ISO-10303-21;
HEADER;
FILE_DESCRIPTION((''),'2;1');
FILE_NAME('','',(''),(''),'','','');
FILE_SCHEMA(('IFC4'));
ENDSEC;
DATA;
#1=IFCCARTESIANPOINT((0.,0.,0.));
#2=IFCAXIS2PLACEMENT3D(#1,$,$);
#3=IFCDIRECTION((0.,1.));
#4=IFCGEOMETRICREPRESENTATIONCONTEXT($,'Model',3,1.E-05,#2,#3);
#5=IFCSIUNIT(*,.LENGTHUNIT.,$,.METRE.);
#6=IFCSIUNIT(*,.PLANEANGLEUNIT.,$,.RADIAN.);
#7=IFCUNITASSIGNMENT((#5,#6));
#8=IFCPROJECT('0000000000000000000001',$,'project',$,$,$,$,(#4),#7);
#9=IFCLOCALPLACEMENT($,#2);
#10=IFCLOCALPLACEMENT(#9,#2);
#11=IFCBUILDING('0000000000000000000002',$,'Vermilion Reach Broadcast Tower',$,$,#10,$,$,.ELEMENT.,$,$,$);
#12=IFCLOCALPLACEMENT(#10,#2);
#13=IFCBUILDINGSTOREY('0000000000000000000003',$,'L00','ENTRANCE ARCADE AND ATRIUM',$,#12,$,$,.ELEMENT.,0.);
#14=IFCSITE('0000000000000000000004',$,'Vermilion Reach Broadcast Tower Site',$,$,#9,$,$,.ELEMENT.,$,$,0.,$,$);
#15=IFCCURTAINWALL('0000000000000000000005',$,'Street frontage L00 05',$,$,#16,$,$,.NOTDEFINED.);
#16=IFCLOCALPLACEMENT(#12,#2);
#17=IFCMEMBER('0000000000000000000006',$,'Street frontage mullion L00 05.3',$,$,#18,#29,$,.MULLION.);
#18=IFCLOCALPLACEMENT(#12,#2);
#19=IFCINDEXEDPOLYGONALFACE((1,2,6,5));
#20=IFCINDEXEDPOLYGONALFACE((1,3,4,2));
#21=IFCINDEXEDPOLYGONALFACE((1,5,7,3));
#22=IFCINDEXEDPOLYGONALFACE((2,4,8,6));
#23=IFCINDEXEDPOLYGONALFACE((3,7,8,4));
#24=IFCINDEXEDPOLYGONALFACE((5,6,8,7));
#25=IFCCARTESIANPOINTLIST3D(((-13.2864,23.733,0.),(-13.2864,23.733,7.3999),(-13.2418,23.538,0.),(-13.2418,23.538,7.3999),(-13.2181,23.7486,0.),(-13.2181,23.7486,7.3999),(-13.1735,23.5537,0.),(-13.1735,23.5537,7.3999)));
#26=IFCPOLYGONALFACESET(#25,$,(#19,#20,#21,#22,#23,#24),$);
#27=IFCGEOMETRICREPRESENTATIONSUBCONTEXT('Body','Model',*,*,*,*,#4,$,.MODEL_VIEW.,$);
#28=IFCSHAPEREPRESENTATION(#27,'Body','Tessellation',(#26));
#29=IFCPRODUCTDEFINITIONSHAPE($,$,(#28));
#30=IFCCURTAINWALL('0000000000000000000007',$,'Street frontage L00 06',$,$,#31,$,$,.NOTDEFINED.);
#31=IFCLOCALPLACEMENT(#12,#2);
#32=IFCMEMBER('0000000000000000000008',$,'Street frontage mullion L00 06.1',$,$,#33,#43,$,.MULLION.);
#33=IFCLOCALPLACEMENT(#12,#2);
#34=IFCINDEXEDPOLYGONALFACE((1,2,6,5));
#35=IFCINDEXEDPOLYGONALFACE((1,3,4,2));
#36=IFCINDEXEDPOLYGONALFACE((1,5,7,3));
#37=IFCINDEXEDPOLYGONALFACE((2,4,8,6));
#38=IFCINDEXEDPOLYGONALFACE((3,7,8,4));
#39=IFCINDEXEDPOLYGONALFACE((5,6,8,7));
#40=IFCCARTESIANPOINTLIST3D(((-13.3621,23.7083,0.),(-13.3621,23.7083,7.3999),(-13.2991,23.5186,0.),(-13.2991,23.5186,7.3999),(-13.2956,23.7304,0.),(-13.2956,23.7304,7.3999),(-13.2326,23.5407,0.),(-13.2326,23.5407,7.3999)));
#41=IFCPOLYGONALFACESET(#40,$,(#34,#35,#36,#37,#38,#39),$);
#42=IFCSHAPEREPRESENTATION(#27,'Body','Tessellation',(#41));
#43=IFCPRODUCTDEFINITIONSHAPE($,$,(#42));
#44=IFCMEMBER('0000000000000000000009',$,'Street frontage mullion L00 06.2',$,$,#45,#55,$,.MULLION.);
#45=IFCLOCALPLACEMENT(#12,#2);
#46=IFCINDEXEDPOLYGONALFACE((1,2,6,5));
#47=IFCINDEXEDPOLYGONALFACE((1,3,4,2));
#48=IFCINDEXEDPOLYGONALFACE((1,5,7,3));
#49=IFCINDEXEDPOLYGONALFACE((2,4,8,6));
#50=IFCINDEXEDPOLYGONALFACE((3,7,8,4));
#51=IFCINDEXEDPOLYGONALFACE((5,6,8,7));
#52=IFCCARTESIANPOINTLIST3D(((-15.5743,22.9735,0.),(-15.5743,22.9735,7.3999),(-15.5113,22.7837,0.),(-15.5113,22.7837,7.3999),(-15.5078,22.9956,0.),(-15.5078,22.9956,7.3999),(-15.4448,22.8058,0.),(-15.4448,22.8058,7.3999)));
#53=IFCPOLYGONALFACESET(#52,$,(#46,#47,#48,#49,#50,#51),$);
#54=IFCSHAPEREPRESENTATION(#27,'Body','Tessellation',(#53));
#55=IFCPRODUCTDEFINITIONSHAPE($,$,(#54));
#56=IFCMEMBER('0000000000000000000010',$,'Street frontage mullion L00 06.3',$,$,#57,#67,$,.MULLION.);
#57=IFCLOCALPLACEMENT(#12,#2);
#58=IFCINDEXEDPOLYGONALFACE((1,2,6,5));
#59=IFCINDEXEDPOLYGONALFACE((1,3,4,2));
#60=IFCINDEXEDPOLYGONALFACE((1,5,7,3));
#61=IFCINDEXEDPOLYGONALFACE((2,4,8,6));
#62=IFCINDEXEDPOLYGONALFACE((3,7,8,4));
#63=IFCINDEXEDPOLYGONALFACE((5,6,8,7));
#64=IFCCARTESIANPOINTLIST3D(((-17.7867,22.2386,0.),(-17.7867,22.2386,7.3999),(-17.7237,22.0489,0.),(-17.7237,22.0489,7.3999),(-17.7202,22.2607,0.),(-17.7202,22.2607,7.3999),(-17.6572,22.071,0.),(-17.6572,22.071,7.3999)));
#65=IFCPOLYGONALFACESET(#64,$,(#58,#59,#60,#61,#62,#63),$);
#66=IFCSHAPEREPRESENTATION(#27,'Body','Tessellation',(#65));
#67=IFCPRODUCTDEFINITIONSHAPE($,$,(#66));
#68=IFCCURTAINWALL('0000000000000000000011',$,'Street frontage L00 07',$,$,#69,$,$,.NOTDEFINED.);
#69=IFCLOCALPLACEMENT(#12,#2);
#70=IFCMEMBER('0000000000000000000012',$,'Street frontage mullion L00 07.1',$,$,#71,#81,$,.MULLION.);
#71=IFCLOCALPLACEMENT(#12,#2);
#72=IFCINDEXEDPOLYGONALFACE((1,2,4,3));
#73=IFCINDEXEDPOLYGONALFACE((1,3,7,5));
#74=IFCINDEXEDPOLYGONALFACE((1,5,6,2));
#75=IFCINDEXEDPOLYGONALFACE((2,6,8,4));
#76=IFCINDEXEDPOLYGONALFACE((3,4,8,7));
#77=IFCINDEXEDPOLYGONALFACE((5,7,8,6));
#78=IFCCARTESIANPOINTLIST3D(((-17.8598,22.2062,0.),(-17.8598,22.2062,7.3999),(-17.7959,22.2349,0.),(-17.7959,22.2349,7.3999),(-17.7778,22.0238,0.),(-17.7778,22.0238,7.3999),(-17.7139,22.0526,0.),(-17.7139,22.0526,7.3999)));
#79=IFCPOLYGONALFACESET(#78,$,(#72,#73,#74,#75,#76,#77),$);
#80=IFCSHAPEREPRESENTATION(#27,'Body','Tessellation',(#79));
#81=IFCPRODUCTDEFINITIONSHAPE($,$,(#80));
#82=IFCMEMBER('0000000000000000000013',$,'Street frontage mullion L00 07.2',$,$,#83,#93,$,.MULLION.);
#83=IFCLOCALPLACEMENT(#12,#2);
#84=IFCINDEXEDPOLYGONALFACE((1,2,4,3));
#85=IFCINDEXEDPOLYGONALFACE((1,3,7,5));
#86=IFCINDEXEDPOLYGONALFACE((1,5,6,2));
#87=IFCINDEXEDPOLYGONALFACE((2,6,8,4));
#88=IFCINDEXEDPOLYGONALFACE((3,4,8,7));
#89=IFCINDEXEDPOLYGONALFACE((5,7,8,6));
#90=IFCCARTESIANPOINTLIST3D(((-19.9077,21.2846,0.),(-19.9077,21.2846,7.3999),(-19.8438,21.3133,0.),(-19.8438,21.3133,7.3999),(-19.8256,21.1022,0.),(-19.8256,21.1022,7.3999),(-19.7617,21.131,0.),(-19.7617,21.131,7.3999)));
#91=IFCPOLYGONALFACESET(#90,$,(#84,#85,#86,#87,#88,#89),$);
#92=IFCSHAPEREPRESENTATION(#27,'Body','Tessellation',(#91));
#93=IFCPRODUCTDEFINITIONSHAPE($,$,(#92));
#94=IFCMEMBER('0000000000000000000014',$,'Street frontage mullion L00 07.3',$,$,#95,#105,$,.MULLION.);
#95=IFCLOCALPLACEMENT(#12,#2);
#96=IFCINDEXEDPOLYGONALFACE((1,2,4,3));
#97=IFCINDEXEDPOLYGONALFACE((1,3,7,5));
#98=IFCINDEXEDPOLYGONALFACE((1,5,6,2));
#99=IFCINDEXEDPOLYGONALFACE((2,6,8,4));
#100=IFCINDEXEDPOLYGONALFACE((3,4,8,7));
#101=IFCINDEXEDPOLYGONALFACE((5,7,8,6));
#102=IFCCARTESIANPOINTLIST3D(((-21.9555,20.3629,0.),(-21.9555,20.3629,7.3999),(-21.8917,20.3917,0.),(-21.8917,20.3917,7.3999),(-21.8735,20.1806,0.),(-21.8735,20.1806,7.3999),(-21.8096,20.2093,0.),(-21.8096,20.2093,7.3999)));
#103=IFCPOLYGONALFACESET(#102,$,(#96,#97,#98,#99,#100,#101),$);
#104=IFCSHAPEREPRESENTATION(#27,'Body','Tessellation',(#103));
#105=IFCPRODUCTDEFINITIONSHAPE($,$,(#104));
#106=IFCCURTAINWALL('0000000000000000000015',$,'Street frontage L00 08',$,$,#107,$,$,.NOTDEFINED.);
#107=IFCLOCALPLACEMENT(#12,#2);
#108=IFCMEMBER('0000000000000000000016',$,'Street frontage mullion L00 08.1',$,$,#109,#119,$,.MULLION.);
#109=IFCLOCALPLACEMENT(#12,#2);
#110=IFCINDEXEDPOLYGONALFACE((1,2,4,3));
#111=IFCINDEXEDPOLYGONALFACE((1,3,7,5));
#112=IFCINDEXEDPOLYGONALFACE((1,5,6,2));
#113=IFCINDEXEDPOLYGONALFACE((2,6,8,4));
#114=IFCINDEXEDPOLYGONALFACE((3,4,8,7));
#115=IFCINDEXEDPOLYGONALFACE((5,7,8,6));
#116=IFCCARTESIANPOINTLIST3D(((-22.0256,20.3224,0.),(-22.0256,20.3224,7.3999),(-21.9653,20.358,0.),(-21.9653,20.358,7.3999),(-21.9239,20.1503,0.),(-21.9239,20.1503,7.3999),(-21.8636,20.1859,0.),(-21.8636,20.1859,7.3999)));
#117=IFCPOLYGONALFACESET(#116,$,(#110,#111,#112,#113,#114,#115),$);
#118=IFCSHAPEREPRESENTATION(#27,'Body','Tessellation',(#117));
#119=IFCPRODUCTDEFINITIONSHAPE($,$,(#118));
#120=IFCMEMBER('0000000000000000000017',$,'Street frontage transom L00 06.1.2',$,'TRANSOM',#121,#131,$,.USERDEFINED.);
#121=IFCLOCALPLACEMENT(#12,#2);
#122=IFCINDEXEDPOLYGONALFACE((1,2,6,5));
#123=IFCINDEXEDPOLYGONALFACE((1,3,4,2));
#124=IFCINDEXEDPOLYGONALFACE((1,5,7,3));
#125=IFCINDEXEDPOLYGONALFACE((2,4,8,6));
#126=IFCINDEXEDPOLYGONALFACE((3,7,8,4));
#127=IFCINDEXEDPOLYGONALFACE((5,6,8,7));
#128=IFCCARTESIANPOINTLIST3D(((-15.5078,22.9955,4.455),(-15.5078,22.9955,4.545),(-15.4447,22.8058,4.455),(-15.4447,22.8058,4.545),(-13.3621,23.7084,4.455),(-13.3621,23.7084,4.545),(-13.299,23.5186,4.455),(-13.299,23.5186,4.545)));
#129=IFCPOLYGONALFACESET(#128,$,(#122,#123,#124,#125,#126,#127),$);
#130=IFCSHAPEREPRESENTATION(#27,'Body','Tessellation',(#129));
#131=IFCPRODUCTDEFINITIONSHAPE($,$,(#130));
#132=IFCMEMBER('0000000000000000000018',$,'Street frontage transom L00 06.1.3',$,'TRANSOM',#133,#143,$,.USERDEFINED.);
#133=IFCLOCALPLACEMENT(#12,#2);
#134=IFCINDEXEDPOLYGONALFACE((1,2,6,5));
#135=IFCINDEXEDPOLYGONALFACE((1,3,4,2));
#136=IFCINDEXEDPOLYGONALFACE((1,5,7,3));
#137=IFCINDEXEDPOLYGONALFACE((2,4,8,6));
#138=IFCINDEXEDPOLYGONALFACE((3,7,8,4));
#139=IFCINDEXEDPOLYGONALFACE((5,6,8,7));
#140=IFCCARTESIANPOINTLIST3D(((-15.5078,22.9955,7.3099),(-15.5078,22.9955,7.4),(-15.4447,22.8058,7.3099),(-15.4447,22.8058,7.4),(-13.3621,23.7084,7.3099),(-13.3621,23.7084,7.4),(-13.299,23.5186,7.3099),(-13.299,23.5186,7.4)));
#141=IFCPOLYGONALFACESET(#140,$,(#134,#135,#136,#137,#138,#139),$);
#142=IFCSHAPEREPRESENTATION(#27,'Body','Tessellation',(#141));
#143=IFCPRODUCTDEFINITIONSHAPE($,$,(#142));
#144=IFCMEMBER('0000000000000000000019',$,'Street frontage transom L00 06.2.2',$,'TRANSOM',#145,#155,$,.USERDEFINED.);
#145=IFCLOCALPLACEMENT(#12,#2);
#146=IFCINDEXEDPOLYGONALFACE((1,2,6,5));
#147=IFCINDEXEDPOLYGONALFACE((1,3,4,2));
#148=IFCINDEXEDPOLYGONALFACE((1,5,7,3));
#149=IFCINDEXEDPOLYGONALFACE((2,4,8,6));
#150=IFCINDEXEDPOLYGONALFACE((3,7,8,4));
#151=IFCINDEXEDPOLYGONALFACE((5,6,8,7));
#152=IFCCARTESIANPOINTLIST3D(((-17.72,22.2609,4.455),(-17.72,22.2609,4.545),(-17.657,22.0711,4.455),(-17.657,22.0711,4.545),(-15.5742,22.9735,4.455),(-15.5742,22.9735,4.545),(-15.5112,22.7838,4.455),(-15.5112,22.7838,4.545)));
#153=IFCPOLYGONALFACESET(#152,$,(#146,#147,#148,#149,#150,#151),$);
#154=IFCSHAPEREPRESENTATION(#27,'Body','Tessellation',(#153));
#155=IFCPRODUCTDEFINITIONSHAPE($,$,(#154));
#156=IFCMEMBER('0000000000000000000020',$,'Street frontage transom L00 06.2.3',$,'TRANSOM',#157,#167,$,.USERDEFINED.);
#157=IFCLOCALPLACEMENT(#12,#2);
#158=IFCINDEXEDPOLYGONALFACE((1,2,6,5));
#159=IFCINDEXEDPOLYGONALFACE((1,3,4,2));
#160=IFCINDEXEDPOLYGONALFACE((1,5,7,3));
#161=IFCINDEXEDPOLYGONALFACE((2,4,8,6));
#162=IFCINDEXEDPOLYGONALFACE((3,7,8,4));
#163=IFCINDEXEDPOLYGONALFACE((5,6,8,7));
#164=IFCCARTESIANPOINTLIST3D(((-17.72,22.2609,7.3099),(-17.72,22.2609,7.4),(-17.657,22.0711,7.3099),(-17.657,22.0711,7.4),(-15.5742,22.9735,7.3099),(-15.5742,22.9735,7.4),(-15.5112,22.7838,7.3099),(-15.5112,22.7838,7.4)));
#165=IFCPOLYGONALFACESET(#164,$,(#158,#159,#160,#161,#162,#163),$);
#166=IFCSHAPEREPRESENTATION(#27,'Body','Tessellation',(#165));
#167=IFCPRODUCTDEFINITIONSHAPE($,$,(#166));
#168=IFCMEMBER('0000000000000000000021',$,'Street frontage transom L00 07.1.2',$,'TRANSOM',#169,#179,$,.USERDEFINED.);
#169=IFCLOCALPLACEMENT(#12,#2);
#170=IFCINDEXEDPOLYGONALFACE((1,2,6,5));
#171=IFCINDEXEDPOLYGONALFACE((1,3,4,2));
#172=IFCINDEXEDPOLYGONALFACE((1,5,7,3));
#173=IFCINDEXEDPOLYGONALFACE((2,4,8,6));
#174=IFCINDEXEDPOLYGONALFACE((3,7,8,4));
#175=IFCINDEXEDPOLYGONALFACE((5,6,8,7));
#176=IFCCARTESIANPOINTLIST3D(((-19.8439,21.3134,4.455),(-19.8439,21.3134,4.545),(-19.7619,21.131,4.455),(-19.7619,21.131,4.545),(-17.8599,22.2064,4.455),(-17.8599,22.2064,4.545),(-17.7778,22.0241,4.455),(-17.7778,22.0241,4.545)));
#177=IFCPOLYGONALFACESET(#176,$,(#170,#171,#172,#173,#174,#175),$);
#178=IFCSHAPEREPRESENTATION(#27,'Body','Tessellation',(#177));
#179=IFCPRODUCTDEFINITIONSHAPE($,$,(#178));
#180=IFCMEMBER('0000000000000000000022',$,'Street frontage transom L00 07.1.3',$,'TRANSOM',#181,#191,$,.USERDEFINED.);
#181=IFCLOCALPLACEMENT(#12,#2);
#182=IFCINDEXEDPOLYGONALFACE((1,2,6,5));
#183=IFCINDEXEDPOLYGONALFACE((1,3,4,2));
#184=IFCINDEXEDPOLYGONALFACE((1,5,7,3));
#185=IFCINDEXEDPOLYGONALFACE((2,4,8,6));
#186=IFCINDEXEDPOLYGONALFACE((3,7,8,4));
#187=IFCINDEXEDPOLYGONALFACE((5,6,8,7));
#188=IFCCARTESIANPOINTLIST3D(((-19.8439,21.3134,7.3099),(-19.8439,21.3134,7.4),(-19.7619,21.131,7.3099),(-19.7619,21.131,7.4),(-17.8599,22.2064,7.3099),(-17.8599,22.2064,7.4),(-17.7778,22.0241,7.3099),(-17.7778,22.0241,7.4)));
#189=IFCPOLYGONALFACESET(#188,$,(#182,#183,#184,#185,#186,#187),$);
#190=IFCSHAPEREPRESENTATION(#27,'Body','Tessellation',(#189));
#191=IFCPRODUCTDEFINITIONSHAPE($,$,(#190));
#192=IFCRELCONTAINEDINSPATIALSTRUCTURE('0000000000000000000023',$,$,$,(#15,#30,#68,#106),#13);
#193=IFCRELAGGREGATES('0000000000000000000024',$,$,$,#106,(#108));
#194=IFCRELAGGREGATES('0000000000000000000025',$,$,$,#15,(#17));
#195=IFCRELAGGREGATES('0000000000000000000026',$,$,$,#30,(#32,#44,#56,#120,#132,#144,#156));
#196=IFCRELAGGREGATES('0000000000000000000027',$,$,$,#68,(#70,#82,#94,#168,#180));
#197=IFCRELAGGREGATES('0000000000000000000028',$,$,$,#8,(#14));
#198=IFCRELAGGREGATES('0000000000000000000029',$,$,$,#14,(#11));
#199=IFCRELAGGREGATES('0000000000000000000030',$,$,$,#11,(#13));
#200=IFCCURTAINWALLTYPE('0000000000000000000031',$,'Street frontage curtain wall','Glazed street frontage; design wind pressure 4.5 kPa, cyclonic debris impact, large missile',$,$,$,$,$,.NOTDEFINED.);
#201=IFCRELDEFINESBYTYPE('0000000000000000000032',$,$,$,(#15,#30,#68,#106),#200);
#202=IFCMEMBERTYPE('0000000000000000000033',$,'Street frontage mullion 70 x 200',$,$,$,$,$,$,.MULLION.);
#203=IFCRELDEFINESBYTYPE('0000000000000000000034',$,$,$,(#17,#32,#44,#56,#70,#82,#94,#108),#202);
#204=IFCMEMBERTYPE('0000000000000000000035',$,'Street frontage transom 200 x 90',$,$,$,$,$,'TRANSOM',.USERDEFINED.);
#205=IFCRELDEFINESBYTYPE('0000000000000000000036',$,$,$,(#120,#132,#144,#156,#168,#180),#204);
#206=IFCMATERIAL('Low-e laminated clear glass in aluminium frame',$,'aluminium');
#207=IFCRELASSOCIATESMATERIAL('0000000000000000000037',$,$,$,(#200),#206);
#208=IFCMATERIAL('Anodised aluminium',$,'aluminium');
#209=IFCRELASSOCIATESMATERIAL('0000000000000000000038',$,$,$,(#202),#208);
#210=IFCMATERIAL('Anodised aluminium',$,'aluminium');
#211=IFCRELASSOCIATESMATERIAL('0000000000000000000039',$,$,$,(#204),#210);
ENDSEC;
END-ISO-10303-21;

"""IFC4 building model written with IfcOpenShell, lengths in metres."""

from ifc_helpers import new_model, si_unit, direction, frame, origin, origin_2d, place, context, subcontext, project, spatial, rectangle, extrude, material, material_profile, profile_set, type_object, element, aggregate, save


model = new_model("IFC4")

# Units and contexts
model_context = context("Model", 3, precision=1e-05, world=origin(), true_north=direction((0.0, 1.0)))
body_context = subcontext(model_context, "Body", "Model", "MODEL_VIEW")
ifc_project = project(units=[si_unit("LENGTHUNIT", "METRE"), si_unit("PLANEANGLEUNIT", "RADIAN")], contexts=[model_context])

# Site, building, storey
site_placement = place(None, origin())
site = spatial("IfcSite", under=ifc_project, at=site_placement, Name="Vermilion Reach Broadcast Tower Site", CompositionType="ELEMENT", RefElevation=0.0)
building_placement = place(site_placement, origin())
building = spatial("IfcBuilding", under=site, at=building_placement, Name="Vermilion Reach Broadcast Tower", CompositionType="ELEMENT")
storey_placement = place(building_placement, origin())
storey = spatial("IfcBuildingStorey", under=building, at=storey_placement, Name="L00", Description="ENTRANCE ARCADE AND ATRIUM", CompositionType="ELEMENT", Elevation=0.0)

# Curtain wall, member
ifc_material_1 = material(Name="Low-e laminated clear glass in aluminium frame", Category="aluminium")
curtain_wall_type = type_object("IfcCurtainWallType", Name="Street frontage curtain wall", Description="Glazed street frontage; design wind pressure 4.5 kPa, cyclonic debris impact, large missile", PredefinedType="NOTDEFINED", material=ifc_material_1)
placement = place(storey_placement, origin())
curtain_wall_1 = element("IfcCurtainWall", 1, at=placement, inside=storey, type_object=curtain_wall_type, Name="Street frontage L00 05", PredefinedType="NOTDEFINED")
ifc_material_2 = material(Name="Anodised aluminium", Category="aluminium")
ifc_material_profile_1 = material_profile(ifc_material_2, rectangle(XDim=0.2, YDim=0.0701, at=origin_2d()), Name="Street frontage mullion 70 x 200")
ifc_profile_set_1 = profile_set([ifc_material_profile_1], Name="Anodised aluminium")
member_type_1 = type_object("IfcMemberType", Name="Street frontage mullion 70 x 200", PredefinedType="MULLION", material=ifc_profile_set_1)
member_1_placement = place(storey_placement, frame((-13.23, 23.6433, 0.0), z_axis=(0.0, 0.0, 1.0), x_axis=(0.222892, -0.974843, 0.0)))
member_1 = element("IfcMember", 2, at=member_1_placement, type_object=member_type_1, Name="Street frontage mullion L00 05.3", PredefinedType="MULLION", context=body_context, shape_type="SweptSolid", body=[
    extrude(rectangle(XDim=0.2, YDim=0.0701, at=origin_2d()), origin(), (0.0, 0.0, 1.0), 7.3999),
])

# Curtain walls, members
curtain_wall_2 = element("IfcCurtainWall", 3, at=placement, inside=storey, type_object=curtain_wall_type, Name="Street frontage L00 06", PredefinedType="NOTDEFINED")
member_2_placement = place(storey_placement, frame((-13.2974, 23.6245, 0.0), z_axis=(0.0, 0.0, 1.0), x_axis=(0.315228, -0.949016, 0.0)))
member_2 = element("IfcMember", 4, at=member_2_placement, type_object=member_type_1, Name="Street frontage mullion L00 06.1", PredefinedType="MULLION", context=body_context, shape_type="SweptSolid", body=[
    extrude(rectangle(XDim=0.2, YDim=0.0701, at=origin_2d()), origin(), (0.0, 0.0, 1.0), 7.3999),
])
member_3_placement = place(storey_placement, frame((-15.5095, 22.8896, 0.0), z_axis=(0.0, 0.0, 1.0), x_axis=(0.315228, -0.949016, 0.0)))
member_3 = element("IfcMember", 5, at=member_3_placement, type_object=member_type_1, Name="Street frontage mullion L00 06.2", PredefinedType="MULLION", context=body_context, shape_type="SweptSolid", body=[
    extrude(rectangle(XDim=0.2, YDim=0.0701, at=origin_2d()), origin(), (0.0, 0.0, 1.0), 7.3999),
])
member_4_placement = place(storey_placement, frame((-17.7219, 22.1548, 0.0), z_axis=(0.0, 0.0, 1.0), x_axis=(0.315228, -0.949016, 0.0)))
member_4 = element("IfcMember", 6, at=member_4_placement, type_object=member_type_1, Name="Street frontage mullion L00 06.3", PredefinedType="MULLION", context=body_context, shape_type="SweptSolid", body=[
    extrude(rectangle(XDim=0.2, YDim=0.0701, at=origin_2d()), origin(), (0.0, 0.0, 1.0), 7.3999),
])
curtain_wall_3 = element("IfcCurtainWall", 7, at=placement, inside=storey, type_object=curtain_wall_type, Name="Street frontage L00 07", PredefinedType="NOTDEFINED")
member_5_placement = place(storey_placement, frame((-17.7869, 22.1294, 0.0), z_axis=(0.0, 0.0, 1.0), x_axis=(0.410408, -0.911902, 0.0)))
member_5 = element("IfcMember", 8, at=member_5_placement, type_object=member_type_1, Name="Street frontage mullion L00 07.1", PredefinedType="MULLION", context=body_context, shape_type="SweptSolid", body=[
    extrude(rectangle(XDim=0.2, YDim=0.0701, at=origin_2d()), origin(), (0.0, 0.0, 1.0), 7.3999),
])
member_6_placement = place(storey_placement, frame((-19.8347, 21.2078, 0.0), z_axis=(0.0, 0.0, 1.0), x_axis=(0.410408, -0.911902, 0.0)))
member_6 = element("IfcMember", 9, at=member_6_placement, type_object=member_type_1, Name="Street frontage mullion L00 07.2", PredefinedType="MULLION", context=body_context, shape_type="SweptSolid", body=[
    extrude(rectangle(XDim=0.2, YDim=0.0701, at=origin_2d()), origin(), (0.0, 0.0, 1.0), 7.3999),
])
member_7_placement = place(storey_placement, frame((-21.8826, 20.2861, 0.0), z_axis=(0.0, 0.0, 1.0), x_axis=(0.410408, -0.911902, 0.0)))
member_7 = element("IfcMember", 10, at=member_7_placement, type_object=member_type_1, Name="Street frontage mullion L00 07.3", PredefinedType="MULLION", context=body_context, shape_type="SweptSolid", body=[
    extrude(rectangle(XDim=0.2, YDim=0.0701, at=origin_2d()), origin(), (0.0, 0.0, 1.0), 7.3999),
])

# Curtain wall, member
curtain_wall_4 = element("IfcCurtainWall", 11, at=placement, inside=storey, type_object=curtain_wall_type, Name="Street frontage L00 08", PredefinedType="NOTDEFINED")
member_8_placement = place(storey_placement, frame((-21.9446, 20.2542, 0.0), z_axis=(0.0, 0.0, 1.0), x_axis=(0.50859, -0.861009, 0.0)))
member_8 = element("IfcMember", 12, at=member_8_placement, type_object=member_type_1, Name="Street frontage mullion L00 08.1", PredefinedType="MULLION", context=body_context, shape_type="SweptSolid", body=[
    extrude(rectangle(XDim=0.2, YDim=0.0701, at=origin_2d()), origin(), (0.0, 0.0, 1.0), 7.3999),
])

# Members
ifc_material_3 = material(Name="Anodised aluminium", Category="aluminium")
ifc_material_profile_2 = material_profile(ifc_material_3, rectangle(XDim=0.2, YDim=0.0901, at=origin_2d()), Name="Street frontage transom 200 x 90")
ifc_profile_set_2 = profile_set([ifc_material_profile_2], Name="Anodised aluminium")
member_type_2 = type_object("IfcMemberType", Name="Street frontage transom 200 x 90", ElementType="TRANSOM", PredefinedType="USERDEFINED", material=ifc_profile_set_2)
member_9_placement = place(storey_placement, frame((-13.3306, 23.6135, 4.5), z_axis=(-0.948996, -0.315288, 0.0), x_axis=(0.315288, -0.948996, 0.0)))
member_9 = element("IfcMember", 13, at=member_9_placement, type_object=member_type_2, Name="Street frontage transom L00 06.1.2", ObjectType="TRANSOM", PredefinedType="USERDEFINED", context=body_context, shape_type="SweptSolid", body=[
    extrude(rectangle(XDim=0.2, YDim=0.0901, at=origin_2d()), origin(), (0.0, 0.0, 1.0), 2.261),
])
member_10_placement = place(storey_placement, frame((-13.3306, 23.6135, 7.355), z_axis=(-0.948996, -0.315288, 0.0), x_axis=(0.315288, -0.948996, 0.0)))
member_10 = element("IfcMember", 14, at=member_10_placement, type_object=member_type_2, Name="Street frontage transom L00 06.1.3", ObjectType="TRANSOM", PredefinedType="USERDEFINED", context=body_context, shape_type="SweptSolid", body=[
    extrude(rectangle(XDim=0.2, YDim=0.0901, at=origin_2d()), origin(), (0.0, 0.0, 1.0), 2.261),
])
member_11_placement = place(storey_placement, frame((-15.5427, 22.8787, 4.5), z_axis=(-0.949028, -0.315191, 0.0), x_axis=(0.315191, -0.949028, 0.0)))
member_11 = element("IfcMember", 15, at=member_11_placement, type_object=member_type_2, Name="Street frontage transom L00 06.2.2", ObjectType="TRANSOM", PredefinedType="USERDEFINED", context=body_context, shape_type="SweptSolid", body=[
    extrude(rectangle(XDim=0.2, YDim=0.0901, at=origin_2d()), origin(), (0.0, 0.0, 1.0), 2.261),
])
member_12_placement = place(storey_placement, frame((-15.5427, 22.8787, 7.355), z_axis=(-0.949028, -0.315191, 0.0), x_axis=(0.315191, -0.949028, 0.0)))
member_12 = element("IfcMember", 16, at=member_12_placement, type_object=member_type_2, Name="Street frontage transom L00 06.2.3", ObjectType="TRANSOM", PredefinedType="USERDEFINED", context=body_context, shape_type="SweptSolid", body=[
    extrude(rectangle(XDim=0.2, YDim=0.0901, at=origin_2d()), origin(), (0.0, 0.0, 1.0), 2.261),
])
member_13_placement = place(storey_placement, frame((-17.8188, 22.1152, 4.5), z_axis=(-0.911886, -0.410444, 0.0), x_axis=(0.410444, -0.911886, 0.0)))
member_13 = element("IfcMember", 17, at=member_13_placement, type_object=member_type_2, Name="Street frontage transom L00 07.1.2", ObjectType="TRANSOM", PredefinedType="USERDEFINED", context=body_context, shape_type="SweptSolid", body=[
    extrude(rectangle(XDim=0.2, YDim=0.0901, at=origin_2d()), origin(), (0.0, 0.0, 1.0), 2.1758),
])
member_14_placement = place(storey_placement, frame((-17.8188, 22.1152, 7.355), z_axis=(-0.911886, -0.410444, 0.0), x_axis=(0.410444, -0.911886, 0.0)))
member_14 = element("IfcMember", 18, at=member_14_placement, type_object=member_type_2, Name="Street frontage transom L00 07.1.3", ObjectType="TRANSOM", PredefinedType="USERDEFINED", context=body_context, shape_type="SweptSolid", body=[
    extrude(rectangle(XDim=0.2, YDim=0.0901, at=origin_2d()), origin(), (0.0, 0.0, 1.0), 2.1758),
])
aggregate(curtain_wall_4, [member_8])

aggregate(curtain_wall_1, [member_1])
aggregate(curtain_wall_2, [member_2, member_3, member_4, member_9, member_10, member_11, member_12])
aggregate(curtain_wall_3, [member_5, member_6, member_7, member_13, member_14])

save(model, "model.ifc")
